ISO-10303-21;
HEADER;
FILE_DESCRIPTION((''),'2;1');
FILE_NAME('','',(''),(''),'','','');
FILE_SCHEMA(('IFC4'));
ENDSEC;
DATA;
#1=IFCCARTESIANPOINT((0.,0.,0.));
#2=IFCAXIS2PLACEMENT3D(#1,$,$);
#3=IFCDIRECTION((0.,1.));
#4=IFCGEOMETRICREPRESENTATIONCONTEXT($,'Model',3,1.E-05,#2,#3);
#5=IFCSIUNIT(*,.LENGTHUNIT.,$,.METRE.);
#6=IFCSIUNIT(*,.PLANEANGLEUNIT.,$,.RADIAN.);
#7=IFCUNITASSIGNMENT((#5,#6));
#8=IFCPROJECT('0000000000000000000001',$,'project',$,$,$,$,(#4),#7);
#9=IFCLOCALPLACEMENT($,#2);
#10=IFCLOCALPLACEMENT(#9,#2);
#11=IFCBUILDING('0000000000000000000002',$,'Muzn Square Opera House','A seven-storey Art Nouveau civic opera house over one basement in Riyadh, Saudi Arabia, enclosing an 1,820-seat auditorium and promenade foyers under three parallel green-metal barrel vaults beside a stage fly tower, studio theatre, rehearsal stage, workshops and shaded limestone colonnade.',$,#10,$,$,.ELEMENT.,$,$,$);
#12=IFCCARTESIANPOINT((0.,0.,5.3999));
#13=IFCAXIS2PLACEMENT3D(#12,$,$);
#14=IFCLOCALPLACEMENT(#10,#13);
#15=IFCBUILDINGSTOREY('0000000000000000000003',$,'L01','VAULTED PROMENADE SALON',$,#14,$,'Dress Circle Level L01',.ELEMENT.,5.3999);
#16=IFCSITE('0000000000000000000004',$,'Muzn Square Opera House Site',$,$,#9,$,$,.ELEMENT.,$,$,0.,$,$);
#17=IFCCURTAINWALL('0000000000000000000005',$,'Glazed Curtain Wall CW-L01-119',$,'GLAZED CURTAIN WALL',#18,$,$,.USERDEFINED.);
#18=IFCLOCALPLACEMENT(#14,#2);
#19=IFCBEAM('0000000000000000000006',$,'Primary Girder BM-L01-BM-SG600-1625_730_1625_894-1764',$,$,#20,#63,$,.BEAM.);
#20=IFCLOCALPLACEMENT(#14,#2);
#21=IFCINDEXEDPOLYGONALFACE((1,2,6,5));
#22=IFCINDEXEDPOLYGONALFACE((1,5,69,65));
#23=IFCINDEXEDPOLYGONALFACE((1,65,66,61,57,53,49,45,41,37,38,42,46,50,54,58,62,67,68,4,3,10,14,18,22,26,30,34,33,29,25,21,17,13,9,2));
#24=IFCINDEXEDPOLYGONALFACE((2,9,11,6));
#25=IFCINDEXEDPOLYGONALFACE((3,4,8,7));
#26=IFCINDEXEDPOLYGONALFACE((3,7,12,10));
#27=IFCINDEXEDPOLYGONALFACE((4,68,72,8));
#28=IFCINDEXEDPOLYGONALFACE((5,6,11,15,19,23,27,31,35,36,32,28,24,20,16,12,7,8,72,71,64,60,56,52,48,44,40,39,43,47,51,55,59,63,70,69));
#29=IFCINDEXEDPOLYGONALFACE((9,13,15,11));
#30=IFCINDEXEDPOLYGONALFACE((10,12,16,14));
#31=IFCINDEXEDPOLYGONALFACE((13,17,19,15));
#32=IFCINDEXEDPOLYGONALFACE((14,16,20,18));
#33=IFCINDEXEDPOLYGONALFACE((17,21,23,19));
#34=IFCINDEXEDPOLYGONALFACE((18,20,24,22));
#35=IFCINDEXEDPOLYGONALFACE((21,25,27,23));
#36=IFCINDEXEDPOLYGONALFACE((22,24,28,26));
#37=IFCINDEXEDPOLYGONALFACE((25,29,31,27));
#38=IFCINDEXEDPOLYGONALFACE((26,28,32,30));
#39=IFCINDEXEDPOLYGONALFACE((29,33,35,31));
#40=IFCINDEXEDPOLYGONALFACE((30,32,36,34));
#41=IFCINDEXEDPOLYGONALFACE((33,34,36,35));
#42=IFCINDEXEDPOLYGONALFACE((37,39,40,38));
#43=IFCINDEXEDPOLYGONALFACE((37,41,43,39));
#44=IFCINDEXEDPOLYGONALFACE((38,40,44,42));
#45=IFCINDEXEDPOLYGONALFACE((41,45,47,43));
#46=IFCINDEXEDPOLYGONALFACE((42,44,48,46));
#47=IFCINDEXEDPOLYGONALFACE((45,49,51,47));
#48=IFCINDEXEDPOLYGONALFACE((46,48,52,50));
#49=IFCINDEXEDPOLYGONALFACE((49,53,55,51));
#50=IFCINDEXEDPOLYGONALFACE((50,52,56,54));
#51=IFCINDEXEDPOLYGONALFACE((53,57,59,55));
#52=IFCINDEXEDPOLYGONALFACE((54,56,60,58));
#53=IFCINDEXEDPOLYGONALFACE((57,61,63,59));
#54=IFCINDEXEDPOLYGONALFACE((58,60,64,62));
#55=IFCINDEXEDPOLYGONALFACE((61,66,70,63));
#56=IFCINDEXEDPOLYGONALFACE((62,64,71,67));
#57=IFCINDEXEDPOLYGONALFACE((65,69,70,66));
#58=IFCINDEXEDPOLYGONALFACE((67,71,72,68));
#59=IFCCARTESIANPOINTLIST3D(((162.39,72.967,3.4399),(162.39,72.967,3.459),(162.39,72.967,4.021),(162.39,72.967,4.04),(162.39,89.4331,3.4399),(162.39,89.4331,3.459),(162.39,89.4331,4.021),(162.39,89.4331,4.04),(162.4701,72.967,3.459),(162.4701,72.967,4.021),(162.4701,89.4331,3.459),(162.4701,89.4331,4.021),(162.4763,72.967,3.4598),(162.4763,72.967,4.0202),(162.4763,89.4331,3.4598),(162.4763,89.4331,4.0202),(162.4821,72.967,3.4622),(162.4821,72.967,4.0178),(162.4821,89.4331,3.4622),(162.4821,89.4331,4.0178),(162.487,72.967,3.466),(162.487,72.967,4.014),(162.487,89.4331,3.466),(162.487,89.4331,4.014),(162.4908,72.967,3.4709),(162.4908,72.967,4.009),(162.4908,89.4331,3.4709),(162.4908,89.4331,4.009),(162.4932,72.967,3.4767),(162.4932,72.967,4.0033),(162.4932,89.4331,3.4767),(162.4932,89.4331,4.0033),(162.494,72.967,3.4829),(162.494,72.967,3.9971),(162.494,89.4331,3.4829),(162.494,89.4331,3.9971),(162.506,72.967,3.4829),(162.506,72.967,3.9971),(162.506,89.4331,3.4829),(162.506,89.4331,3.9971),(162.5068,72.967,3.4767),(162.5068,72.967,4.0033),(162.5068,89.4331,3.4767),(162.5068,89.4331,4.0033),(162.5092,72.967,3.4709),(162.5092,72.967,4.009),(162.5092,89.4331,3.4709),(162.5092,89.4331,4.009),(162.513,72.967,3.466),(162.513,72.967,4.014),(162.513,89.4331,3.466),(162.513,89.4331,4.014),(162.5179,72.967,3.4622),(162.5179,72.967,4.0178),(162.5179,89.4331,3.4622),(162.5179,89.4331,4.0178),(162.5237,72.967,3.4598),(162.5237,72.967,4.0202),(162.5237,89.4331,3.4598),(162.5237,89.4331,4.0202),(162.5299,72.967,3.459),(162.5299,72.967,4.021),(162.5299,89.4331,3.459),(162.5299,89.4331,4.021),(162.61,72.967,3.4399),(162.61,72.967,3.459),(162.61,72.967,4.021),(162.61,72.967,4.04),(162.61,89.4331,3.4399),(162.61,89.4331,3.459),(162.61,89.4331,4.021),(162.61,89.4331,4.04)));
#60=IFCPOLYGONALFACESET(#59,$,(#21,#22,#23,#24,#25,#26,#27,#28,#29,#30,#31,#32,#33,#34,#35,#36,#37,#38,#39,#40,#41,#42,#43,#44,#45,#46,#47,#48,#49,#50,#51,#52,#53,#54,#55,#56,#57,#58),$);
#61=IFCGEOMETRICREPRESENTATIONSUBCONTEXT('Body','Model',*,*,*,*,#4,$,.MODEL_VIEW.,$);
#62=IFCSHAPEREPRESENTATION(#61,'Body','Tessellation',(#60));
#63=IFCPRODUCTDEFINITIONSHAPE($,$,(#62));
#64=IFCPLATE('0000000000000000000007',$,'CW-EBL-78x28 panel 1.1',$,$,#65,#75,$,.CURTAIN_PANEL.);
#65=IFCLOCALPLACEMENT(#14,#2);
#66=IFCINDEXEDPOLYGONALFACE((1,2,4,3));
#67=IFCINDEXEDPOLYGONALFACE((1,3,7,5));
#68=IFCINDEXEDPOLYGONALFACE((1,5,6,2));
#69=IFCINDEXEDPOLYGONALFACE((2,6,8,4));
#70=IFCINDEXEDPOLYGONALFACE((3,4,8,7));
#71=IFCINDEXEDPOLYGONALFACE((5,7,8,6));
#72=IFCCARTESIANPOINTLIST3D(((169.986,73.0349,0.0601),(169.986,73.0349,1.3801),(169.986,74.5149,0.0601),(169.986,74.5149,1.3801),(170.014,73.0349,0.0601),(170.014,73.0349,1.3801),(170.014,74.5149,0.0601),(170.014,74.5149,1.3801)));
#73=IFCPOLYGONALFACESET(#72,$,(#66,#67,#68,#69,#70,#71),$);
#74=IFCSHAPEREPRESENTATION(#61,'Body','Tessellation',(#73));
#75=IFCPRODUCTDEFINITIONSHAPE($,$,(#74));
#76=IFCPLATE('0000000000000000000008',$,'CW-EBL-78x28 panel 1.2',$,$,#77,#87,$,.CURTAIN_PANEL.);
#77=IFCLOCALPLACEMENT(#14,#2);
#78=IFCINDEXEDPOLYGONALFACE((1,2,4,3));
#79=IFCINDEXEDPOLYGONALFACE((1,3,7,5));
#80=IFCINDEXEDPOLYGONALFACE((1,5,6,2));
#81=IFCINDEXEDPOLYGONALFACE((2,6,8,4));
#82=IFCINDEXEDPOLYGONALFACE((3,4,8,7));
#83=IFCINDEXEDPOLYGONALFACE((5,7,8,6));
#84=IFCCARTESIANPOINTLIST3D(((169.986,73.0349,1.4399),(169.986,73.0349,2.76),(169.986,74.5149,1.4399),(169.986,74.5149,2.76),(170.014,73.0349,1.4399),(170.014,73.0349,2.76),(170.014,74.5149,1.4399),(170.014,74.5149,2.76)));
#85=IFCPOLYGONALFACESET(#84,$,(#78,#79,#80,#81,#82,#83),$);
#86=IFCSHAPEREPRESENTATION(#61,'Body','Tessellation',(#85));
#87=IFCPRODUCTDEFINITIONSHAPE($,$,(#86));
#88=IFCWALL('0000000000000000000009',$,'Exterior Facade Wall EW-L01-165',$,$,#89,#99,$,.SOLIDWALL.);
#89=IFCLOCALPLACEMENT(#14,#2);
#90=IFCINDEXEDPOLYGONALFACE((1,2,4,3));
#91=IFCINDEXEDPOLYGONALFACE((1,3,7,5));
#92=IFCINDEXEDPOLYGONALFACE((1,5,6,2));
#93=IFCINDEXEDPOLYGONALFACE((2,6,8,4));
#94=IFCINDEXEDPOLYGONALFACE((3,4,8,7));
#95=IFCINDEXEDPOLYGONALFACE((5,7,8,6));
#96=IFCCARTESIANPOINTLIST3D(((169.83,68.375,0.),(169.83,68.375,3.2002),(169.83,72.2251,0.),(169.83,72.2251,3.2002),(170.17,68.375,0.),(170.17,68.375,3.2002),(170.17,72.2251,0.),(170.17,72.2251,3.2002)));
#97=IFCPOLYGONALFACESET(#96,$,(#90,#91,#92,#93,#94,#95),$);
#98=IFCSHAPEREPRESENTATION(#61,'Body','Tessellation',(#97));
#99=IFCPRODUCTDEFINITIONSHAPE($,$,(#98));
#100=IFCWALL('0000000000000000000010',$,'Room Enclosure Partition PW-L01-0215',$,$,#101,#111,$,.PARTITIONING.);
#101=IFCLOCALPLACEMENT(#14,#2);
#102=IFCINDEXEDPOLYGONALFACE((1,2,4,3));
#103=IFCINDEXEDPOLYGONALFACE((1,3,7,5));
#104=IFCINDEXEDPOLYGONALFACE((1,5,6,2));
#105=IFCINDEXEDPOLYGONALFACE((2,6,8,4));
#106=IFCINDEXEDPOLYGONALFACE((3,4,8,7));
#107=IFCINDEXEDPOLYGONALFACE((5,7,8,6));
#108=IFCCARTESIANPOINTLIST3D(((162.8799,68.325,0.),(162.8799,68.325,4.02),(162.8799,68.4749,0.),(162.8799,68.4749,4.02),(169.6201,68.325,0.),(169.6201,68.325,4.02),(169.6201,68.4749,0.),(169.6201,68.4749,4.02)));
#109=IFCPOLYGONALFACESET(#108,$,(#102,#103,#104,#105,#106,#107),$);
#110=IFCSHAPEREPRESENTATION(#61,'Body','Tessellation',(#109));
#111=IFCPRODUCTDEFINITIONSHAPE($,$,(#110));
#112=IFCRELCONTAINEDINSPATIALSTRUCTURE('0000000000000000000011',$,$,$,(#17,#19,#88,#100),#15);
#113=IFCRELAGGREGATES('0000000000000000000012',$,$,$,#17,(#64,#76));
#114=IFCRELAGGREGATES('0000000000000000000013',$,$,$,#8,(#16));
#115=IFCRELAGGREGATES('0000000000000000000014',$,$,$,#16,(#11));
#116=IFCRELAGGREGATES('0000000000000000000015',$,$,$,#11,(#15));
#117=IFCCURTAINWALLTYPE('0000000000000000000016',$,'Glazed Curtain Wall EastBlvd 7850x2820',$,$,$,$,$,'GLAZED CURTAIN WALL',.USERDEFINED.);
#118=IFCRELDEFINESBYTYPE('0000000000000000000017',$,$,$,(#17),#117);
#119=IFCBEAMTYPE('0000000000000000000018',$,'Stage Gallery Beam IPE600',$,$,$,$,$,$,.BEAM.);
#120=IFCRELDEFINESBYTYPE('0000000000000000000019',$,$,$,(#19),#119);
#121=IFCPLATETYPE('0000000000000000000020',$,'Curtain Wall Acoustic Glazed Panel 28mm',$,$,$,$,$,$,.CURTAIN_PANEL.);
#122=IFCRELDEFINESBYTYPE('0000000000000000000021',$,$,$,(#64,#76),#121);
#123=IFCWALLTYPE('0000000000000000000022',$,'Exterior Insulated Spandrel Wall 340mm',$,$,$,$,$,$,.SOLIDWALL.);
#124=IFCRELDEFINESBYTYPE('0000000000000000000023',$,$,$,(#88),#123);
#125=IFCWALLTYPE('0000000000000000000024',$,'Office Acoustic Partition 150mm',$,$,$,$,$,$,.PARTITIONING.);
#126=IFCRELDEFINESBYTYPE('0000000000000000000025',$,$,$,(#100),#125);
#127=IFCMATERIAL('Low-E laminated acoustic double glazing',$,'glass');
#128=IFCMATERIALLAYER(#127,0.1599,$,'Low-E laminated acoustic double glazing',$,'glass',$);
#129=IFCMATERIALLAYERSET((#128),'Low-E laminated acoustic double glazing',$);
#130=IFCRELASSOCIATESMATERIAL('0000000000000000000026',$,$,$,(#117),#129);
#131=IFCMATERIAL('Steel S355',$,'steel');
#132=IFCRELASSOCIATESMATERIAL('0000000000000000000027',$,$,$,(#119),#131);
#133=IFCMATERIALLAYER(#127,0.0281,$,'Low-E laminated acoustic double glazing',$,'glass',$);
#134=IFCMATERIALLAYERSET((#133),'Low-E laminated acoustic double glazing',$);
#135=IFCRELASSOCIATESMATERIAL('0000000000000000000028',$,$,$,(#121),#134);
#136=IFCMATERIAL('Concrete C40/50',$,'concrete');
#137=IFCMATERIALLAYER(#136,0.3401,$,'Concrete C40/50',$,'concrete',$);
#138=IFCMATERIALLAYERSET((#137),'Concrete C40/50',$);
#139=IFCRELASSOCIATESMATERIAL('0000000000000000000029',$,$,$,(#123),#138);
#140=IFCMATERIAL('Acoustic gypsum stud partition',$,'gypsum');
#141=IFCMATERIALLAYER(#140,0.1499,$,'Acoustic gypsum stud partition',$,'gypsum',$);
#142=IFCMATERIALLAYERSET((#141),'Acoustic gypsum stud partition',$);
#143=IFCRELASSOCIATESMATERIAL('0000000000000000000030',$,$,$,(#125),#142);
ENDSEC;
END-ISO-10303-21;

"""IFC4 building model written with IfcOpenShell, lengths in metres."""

from ifc_helpers import new_model, si_unit, direction, frame, frame_2d, origin, origin_2d, place, context, subcontext, project, spatial, rectangle, i_section, extrude, material, layer, layer_set, material_profile, profile_set, type_object, element, aggregate, save


model = new_model("IFC4")

# Units and contexts
model_context = context("Model", 3, precision=1e-05, world=origin(), true_north=direction((0.0, 1.0)))
body_context = subcontext(model_context, "Body", "Model", "MODEL_VIEW")
ifc_project = project(units=[si_unit("LENGTHUNIT", "METRE"), si_unit("PLANEANGLEUNIT", "RADIAN")], contexts=[model_context])

# Site, building, storey
site_placement = place(None, origin())
site = spatial("IfcSite", under=ifc_project, at=site_placement, Name="Muzn Square Opera House Site", CompositionType="ELEMENT", RefElevation=0.0)
building_placement = place(site_placement, origin())
building = spatial("IfcBuilding", under=site, at=building_placement, Name="Muzn Square Opera House", Description="A seven-storey Art Nouveau civic opera house over one basement in Riyadh, Saudi Arabia, enclosing an 1,820-seat auditorium and promenade foyers under three parallel green-metal barrel vaults beside a stage fly tower, studio theatre, rehearsal stage, workshops and shaded limestone colonnade.", CompositionType="ELEMENT")
storey_placement = place(building_placement, frame((0.0, 0.0, 5.3999)))
storey = spatial("IfcBuildingStorey", under=building, at=storey_placement, Name="L01", Description="VAULTED PROMENADE SALON", LongName="Dress Circle Level L01", CompositionType="ELEMENT", Elevation=5.3999)

# Curtain wall
ifc_material_1 = material(Name="Low-E laminated acoustic double glazing", Category="glass")
ifc_layer_1 = layer(ifc_material_1, 0.1599, Name="Low-E laminated acoustic double glazing", Category="glass")
ifc_layer_set_1 = layer_set([ifc_layer_1], Name="Low-E laminated acoustic double glazing")
curtain_wall_type = type_object("IfcCurtainWallType", Name="Glazed Curtain Wall EastBlvd 7850x2820", ElementType="GLAZED CURTAIN WALL", PredefinedType="USERDEFINED", material=ifc_layer_set_1)
curtain_wall_placement = place(storey_placement, origin())
curtain_wall = element("IfcCurtainWall", 1, at=curtain_wall_placement, inside=storey, type_object=curtain_wall_type, Name="Glazed Curtain Wall CW-L01-119", ObjectType="GLAZED CURTAIN WALL", PredefinedType="USERDEFINED")

# Beam
ifc_material_2 = material(Name="Concrete C40/50", Category="concrete")
ifc_material_3 = material(Name="Steel S355", Category="steel")
ifc_material_profile_1 = material_profile(ifc_material_3, i_section(OverallWidth=0.22, OverallDepth=0.6001, WebThickness=0.012, FlangeThickness=0.019, FilletRadius=0.0239, at=origin_2d()), Name="IPE 600", Category="steel")
ifc_profile_set_1 = profile_set([ifc_material_profile_1], Name="Steel S355")
beam_type_1 = type_object("IfcBeamType", Name="Stage Gallery Beam IPE600", PredefinedType="BEAM", material=ifc_profile_set_1)
beam_1_placement = place(storey_placement, frame((162.5, 72.967, 3.74), z_axis=(0.0, 1.0, 0.0), x_axis=(-1.0, 0.0, 0.0)))
element("IfcBeam", 2, at=beam_1_placement, inside=storey, type_object=beam_type_1, Name="Primary Girder BM-L01-BM-SG600-1625_730_1625_894-1764", PredefinedType="BEAM", context=body_context, shape_type="SweptSolid", body=[
    extrude(i_section(OverallWidth=0.22, OverallDepth=0.6001, WebThickness=0.012, FlangeThickness=0.019, FilletRadius=0.0239, at=origin_2d()), origin(), (0.0, 0.0, 1.0), 16.4661),
])

# Plates
ifc_layer_2 = layer(ifc_material_1, 0.0281, Name="Low-E laminated acoustic double glazing", Category="glass")
ifc_layer_set_2 = layer_set([ifc_layer_2], Name="Low-E laminated acoustic double glazing")
plate_type = type_object("IfcPlateType", Name="Curtain Wall Acoustic Glazed Panel 28mm", PredefinedType="CURTAIN_PANEL", material=ifc_layer_set_2)
plate_1_placement = place(storey_placement, frame((170.0, 73.7749, 0.0601), z_axis=(0.0, 0.0, 1.0), x_axis=(0.0, 1.0, 0.0)))
plate_1 = element("IfcPlate", 3, at=plate_1_placement, type_object=plate_type, Name="CW-EBL-78x28 panel 1.1", PredefinedType="CURTAIN_PANEL", context=body_context, shape_type="SweptSolid", body=[
    extrude(rectangle(XDim=1.48, YDim=0.0281, at=origin_2d()), origin(), (0.0, 0.0, 1.0), 1.3201),
])
plate_2_placement = place(storey_placement, frame((170.0, 73.7749, 1.4399), z_axis=(0.0, 0.0, 1.0), x_axis=(0.0, 1.0, 0.0)))
plate_2 = element("IfcPlate", 4, at=plate_2_placement, type_object=plate_type, Name="CW-EBL-78x28 panel 1.2", PredefinedType="CURTAIN_PANEL", context=body_context, shape_type="SweptSolid", body=[
    extrude(rectangle(XDim=1.48, YDim=0.0281, at=origin_2d()), origin(), (0.0, 0.0, 1.0), 1.3201),
])
aggregate(curtain_wall, [plate_1, plate_2])

# Walls
ifc_layer_3 = layer(ifc_material_2, 0.3401, Name="Concrete C40/50", Category="concrete")
ifc_layer_set_3 = layer_set([ifc_layer_3], Name="Concrete C40/50")
wall_type_1 = type_object("IfcWallType", Name="Exterior Insulated Spandrel Wall 340mm", PredefinedType="SOLIDWALL", material=ifc_layer_set_3)
wall_1_placement = place(storey_placement, frame((170.0, 68.375, 0.0), z_axis=(0.0, 0.0, 1.0), x_axis=(0.0, 1.0, 0.0)))
element("IfcWall", 5, at=wall_1_placement, inside=storey, type_object=wall_type_1, Name="Exterior Facade Wall EW-L01-165", PredefinedType="SOLIDWALL", context=body_context, shape_type="SweptSolid", body=[
    extrude(rectangle(XDim=3.8501, YDim=0.3401, at=frame_2d((1.925, 0.0))), origin(), (0.0, 0.0, 1.0), 3.2002),
])
ifc_material_4 = material(Name="Acoustic gypsum stud partition", Category="gypsum")
ifc_layer_4 = layer(ifc_material_4, 0.1499, Name="Acoustic gypsum stud partition", Category="gypsum")
ifc_layer_set_4 = layer_set([ifc_layer_4], Name="Acoustic gypsum stud partition")
wall_type_2 = type_object("IfcWallType", Name="Office Acoustic Partition 150mm", PredefinedType="PARTITIONING", material=ifc_layer_set_4)
wall_2_placement = place(storey_placement, frame((162.8799, 68.3999, 0.0), z_axis=(0.0, 0.0, 1.0), x_axis=(1.0, 0.0, 0.0)))
element("IfcWall", 6, at=wall_2_placement, inside=storey, type_object=wall_type_2, Name="Room Enclosure Partition PW-L01-0215", PredefinedType="PARTITIONING", context=body_context, shape_type="SweptSolid", body=[
    extrude(rectangle(XDim=6.7402, YDim=0.1499, at=frame_2d((3.3701, 0.0))), origin(), (0.0, 0.0, 1.0), 4.02),
])

save(model, "model.ifc")
